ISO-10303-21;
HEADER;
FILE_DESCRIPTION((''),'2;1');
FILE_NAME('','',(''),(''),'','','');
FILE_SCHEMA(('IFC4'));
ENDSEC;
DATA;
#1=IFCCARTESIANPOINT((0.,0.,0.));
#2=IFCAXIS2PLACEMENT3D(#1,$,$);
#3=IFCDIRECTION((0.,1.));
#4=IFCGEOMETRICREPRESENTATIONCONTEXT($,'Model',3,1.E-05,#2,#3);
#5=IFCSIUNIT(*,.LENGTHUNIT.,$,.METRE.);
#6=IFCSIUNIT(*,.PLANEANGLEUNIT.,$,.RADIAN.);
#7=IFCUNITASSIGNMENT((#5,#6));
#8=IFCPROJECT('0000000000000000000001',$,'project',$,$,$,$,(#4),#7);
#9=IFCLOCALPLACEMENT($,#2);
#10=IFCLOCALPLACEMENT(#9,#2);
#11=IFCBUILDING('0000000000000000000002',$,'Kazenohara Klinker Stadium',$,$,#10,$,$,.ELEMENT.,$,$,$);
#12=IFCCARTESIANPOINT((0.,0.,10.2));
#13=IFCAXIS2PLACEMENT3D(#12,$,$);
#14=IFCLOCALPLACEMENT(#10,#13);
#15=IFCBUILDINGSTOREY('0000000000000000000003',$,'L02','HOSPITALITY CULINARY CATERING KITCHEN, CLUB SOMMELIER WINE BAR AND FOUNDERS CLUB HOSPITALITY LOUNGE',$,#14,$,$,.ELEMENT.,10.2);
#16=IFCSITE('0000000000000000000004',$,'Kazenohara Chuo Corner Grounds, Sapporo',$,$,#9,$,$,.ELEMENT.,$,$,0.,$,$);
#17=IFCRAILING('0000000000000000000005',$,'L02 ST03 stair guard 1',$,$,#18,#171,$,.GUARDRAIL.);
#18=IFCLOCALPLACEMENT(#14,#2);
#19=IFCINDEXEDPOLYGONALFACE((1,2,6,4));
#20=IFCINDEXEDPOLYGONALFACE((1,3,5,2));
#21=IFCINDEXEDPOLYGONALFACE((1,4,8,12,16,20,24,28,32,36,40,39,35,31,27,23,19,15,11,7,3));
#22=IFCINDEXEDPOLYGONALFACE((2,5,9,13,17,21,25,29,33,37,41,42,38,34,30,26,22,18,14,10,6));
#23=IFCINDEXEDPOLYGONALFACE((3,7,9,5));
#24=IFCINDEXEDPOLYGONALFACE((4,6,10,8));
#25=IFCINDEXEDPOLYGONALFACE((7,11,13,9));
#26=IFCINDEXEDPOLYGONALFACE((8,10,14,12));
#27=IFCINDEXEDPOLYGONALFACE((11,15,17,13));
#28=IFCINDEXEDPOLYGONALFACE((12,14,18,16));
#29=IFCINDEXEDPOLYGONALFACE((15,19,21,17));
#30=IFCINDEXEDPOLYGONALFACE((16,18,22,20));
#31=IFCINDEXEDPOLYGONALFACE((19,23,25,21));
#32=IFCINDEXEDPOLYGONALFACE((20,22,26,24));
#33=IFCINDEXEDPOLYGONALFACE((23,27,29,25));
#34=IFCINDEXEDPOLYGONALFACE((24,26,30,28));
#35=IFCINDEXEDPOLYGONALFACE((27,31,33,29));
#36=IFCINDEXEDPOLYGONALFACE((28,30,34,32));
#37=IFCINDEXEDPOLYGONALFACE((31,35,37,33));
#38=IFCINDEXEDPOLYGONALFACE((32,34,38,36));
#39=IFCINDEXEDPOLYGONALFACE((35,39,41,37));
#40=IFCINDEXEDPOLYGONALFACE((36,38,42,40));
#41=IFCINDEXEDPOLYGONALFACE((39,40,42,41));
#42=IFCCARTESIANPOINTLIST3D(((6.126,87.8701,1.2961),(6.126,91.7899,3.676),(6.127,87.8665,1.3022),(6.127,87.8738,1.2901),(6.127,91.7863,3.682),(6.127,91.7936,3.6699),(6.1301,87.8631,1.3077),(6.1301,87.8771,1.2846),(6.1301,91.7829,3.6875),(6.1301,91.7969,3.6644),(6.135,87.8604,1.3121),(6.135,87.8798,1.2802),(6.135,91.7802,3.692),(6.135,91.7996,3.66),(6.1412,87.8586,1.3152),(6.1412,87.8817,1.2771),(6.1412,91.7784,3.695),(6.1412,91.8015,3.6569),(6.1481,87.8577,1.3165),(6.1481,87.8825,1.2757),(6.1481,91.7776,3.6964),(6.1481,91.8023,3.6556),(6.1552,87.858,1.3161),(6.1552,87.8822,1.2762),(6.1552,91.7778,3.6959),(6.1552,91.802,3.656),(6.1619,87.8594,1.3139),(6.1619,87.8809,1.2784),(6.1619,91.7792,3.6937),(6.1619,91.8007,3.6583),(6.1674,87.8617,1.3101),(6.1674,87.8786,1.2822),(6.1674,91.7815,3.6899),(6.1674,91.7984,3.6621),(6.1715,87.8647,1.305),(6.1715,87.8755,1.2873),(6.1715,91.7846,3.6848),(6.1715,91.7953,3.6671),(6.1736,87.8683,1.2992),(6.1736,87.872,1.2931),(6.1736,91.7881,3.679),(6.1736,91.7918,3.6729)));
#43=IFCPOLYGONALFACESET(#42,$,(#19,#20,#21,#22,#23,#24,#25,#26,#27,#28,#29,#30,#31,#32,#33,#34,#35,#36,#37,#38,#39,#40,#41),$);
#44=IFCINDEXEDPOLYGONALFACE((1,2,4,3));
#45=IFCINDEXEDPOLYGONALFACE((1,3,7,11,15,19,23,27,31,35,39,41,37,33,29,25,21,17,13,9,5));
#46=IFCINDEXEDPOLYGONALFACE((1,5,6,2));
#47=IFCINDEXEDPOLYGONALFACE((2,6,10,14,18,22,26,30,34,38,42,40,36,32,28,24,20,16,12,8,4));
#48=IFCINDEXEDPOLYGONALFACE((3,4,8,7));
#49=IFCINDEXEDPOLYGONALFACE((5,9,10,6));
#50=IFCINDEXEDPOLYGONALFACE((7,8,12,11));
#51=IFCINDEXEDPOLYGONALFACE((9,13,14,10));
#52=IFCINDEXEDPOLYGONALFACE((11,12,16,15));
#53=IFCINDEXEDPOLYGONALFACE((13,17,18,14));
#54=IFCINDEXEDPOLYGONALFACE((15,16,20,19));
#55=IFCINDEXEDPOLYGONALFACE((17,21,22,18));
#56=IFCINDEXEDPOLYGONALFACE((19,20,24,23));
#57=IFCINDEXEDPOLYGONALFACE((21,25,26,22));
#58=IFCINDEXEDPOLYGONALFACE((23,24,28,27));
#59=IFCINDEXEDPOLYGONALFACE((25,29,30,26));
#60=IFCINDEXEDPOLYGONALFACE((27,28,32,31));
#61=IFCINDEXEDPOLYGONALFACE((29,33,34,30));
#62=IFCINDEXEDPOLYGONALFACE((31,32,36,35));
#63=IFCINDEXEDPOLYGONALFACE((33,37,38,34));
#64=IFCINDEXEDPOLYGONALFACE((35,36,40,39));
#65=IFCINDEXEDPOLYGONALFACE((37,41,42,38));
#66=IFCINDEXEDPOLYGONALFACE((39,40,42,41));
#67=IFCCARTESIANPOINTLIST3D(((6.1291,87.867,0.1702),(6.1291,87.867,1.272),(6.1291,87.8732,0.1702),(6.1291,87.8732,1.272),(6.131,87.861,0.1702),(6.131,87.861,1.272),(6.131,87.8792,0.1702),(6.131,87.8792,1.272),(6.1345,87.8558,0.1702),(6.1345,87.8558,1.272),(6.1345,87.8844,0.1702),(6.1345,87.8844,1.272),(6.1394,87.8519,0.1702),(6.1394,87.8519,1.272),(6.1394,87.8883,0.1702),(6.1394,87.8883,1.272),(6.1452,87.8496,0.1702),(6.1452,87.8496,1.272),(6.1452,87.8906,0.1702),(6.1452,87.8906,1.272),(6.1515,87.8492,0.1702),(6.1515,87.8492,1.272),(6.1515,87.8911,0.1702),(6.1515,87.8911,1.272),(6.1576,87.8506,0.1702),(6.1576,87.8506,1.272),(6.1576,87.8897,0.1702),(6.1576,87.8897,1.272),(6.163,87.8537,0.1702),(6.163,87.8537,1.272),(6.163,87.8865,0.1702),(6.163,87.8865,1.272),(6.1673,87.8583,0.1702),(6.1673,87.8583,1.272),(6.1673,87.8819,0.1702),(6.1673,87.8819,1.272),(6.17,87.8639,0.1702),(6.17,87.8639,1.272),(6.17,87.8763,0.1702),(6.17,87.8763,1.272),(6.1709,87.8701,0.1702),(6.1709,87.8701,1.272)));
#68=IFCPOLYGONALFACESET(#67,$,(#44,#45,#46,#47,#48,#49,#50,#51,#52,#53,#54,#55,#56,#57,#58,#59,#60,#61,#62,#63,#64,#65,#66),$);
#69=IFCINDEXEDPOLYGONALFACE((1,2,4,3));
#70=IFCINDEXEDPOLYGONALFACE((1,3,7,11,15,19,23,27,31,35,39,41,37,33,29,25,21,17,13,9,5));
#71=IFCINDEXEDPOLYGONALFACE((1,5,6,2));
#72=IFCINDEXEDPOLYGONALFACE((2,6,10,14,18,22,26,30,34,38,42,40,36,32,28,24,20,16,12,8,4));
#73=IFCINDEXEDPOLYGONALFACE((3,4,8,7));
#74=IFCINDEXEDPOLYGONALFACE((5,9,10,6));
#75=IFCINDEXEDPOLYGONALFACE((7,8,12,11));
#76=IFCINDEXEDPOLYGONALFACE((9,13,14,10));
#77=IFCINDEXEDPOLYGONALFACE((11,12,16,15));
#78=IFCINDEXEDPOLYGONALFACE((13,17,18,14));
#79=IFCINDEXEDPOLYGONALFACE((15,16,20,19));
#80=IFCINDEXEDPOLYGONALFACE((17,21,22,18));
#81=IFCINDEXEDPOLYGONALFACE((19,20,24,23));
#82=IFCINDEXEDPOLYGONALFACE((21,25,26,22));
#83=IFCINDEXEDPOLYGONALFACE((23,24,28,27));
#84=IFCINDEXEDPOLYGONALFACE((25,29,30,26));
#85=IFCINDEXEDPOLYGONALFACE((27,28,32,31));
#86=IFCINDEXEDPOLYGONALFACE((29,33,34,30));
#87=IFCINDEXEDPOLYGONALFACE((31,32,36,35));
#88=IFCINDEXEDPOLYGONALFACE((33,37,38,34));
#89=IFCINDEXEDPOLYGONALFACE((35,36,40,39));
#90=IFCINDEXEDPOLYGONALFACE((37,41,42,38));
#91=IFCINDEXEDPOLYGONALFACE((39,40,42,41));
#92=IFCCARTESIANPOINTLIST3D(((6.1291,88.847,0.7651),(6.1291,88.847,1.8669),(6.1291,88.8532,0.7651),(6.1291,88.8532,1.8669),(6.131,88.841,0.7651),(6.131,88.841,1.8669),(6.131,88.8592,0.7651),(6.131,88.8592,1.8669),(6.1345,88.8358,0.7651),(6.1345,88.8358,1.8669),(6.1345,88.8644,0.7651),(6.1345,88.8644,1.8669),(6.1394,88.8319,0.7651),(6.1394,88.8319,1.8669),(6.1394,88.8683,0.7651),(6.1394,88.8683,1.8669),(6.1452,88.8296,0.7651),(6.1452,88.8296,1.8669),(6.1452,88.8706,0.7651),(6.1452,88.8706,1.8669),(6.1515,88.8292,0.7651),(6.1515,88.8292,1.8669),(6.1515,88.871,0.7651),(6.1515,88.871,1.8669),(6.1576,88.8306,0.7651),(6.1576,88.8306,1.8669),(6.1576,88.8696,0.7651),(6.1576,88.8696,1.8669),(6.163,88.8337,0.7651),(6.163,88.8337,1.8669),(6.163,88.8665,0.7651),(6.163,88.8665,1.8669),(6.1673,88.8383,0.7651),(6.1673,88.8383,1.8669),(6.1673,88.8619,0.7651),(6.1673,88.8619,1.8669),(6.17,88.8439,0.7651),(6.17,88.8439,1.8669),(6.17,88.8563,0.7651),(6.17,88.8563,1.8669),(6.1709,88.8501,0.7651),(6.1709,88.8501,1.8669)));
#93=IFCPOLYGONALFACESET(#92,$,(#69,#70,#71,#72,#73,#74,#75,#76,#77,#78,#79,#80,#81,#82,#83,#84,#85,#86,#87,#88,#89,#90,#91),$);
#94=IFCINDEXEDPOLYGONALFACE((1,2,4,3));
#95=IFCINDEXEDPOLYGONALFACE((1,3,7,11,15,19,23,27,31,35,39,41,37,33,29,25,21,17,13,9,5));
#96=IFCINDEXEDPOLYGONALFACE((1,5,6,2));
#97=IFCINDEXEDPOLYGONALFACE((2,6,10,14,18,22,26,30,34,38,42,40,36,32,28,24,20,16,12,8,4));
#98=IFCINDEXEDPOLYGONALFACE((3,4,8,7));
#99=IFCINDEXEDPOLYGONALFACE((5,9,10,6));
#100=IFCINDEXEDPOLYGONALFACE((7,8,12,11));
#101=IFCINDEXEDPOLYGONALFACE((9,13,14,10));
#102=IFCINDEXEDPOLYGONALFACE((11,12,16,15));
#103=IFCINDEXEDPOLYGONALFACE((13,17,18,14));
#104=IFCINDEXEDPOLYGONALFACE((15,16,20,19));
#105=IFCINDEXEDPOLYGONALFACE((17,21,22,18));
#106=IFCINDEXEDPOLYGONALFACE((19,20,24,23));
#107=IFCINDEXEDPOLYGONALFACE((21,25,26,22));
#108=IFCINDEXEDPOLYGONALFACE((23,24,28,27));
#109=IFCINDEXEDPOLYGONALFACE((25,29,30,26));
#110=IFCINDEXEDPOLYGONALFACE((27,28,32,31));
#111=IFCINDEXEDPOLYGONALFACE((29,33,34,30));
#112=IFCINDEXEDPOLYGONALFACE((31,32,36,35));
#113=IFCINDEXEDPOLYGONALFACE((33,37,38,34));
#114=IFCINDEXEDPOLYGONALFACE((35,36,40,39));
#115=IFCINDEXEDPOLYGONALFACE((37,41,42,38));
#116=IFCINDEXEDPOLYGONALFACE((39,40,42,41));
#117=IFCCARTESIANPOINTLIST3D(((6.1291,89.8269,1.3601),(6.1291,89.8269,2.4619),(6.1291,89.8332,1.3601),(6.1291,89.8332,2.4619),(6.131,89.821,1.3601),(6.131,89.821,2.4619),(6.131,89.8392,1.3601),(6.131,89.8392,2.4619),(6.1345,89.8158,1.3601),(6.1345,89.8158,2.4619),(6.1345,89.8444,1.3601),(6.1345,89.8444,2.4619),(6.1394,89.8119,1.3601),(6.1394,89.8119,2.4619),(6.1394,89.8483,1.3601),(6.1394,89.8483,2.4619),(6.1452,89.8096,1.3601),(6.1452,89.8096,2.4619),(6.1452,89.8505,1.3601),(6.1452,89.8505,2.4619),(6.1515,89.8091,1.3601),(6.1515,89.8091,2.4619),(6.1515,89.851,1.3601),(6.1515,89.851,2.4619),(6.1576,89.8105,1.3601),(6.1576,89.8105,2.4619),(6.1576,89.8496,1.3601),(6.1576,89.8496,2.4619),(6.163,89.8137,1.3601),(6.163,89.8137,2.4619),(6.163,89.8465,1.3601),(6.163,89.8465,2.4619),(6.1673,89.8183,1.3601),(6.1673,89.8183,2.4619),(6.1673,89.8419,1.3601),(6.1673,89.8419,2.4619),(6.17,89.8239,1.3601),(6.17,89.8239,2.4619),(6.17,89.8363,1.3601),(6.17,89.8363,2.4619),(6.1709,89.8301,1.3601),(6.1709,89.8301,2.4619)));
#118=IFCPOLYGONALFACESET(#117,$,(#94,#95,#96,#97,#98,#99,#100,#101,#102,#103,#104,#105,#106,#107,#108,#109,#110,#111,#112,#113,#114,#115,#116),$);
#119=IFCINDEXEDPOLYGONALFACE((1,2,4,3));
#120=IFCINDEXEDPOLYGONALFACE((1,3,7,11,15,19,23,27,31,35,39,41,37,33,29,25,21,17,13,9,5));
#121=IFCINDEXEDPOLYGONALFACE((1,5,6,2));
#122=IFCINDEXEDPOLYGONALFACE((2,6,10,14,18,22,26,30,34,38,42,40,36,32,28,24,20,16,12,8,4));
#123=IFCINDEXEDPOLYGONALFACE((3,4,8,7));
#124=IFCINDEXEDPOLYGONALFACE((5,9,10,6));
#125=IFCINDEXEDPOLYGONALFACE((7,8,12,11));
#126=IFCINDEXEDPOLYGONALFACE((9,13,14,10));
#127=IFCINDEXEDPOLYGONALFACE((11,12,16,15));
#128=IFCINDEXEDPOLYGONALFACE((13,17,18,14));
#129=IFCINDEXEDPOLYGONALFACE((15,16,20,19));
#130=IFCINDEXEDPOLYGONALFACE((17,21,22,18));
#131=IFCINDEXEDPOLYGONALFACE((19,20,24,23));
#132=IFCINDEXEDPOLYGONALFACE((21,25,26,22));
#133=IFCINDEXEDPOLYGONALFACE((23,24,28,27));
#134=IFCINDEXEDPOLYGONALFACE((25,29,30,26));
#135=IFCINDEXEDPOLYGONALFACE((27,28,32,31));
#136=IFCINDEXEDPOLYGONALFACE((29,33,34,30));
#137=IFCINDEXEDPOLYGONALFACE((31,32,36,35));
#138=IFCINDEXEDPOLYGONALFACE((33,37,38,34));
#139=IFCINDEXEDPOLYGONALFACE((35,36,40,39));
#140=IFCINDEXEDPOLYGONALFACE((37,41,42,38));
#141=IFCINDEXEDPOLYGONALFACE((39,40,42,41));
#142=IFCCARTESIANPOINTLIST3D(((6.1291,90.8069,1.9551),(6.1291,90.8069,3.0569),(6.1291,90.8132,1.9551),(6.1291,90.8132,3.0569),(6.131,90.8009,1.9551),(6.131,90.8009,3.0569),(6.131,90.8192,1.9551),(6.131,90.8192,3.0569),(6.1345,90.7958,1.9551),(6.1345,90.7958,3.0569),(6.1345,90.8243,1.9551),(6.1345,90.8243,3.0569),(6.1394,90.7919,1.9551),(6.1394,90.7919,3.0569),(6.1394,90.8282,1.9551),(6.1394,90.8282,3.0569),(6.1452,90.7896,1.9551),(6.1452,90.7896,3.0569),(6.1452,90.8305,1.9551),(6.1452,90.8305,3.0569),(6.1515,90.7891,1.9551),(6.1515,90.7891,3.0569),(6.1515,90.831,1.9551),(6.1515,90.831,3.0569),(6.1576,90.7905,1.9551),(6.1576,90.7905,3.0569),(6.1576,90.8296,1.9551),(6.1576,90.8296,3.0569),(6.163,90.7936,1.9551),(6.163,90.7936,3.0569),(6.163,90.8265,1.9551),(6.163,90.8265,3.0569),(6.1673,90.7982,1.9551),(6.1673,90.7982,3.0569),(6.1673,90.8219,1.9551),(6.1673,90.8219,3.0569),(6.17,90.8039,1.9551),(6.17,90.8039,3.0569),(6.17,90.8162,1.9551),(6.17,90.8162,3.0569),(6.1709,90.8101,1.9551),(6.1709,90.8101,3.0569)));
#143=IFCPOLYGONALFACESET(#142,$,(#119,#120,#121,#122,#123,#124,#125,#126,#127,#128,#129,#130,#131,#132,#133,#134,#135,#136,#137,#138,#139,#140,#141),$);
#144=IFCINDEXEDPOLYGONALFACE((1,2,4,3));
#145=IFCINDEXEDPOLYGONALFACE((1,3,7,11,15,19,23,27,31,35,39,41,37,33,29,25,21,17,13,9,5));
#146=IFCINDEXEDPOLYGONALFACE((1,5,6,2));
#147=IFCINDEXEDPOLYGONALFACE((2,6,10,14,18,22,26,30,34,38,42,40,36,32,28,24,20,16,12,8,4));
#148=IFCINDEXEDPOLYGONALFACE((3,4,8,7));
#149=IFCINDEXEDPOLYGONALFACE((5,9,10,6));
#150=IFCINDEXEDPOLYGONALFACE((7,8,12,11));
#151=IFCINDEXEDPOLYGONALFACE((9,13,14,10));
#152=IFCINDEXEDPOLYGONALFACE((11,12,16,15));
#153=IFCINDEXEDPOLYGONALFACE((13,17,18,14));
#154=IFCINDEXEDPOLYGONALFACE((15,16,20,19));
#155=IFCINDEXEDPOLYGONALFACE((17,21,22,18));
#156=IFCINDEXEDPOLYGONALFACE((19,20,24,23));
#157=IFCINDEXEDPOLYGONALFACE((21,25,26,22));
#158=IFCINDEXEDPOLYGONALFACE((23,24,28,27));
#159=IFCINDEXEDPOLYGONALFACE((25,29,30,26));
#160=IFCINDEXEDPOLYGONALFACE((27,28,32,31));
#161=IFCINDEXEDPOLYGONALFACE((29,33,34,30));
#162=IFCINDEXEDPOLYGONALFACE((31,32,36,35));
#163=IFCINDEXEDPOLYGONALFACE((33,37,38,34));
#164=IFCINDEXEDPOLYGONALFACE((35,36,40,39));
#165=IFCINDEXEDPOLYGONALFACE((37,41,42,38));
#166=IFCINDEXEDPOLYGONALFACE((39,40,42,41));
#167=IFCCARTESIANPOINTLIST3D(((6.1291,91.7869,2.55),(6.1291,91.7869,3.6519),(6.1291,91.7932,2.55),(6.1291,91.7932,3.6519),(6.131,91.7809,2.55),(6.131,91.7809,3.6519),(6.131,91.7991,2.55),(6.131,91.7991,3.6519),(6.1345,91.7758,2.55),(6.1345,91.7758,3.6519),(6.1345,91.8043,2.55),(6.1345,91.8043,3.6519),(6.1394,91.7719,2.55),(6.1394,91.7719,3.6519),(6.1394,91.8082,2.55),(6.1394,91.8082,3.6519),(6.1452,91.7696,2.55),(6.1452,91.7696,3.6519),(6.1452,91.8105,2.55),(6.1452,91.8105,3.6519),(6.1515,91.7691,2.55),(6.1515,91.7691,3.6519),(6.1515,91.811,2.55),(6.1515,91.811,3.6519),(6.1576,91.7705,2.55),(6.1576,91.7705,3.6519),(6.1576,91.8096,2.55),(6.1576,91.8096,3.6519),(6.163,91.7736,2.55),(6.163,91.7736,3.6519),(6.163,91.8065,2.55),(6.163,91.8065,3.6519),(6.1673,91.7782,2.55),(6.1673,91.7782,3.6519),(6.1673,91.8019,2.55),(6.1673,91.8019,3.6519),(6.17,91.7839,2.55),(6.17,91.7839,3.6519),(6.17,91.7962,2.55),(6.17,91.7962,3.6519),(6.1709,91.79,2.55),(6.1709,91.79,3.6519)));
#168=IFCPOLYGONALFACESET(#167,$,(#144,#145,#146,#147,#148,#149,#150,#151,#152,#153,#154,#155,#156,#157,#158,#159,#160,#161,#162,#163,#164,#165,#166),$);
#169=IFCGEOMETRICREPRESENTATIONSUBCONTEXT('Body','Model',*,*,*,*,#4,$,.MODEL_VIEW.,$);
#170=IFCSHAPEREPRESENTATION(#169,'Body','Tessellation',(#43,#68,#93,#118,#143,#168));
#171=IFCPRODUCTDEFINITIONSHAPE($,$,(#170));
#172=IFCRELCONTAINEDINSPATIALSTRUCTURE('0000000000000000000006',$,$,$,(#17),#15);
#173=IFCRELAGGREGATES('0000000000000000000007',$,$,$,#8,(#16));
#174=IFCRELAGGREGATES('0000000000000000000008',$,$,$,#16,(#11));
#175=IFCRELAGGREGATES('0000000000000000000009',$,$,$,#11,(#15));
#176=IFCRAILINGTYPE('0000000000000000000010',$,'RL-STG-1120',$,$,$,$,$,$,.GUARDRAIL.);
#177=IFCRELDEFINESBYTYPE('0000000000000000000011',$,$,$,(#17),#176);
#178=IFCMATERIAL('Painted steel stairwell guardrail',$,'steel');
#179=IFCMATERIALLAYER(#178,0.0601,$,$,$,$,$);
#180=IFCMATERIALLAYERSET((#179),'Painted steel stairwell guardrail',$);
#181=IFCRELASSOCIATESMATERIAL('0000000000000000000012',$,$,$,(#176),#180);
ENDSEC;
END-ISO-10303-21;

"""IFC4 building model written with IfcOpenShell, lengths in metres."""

from ifc_helpers import new_model, si_unit, direction, frame, origin, origin_2d, place, context, subcontext, project, spatial, circle, extrude, material, layer, layer_set, type_object, element, save


model = new_model("IFC4")

# Units and contexts
model_context = context("Model", 3, precision=1e-05, world=origin(), true_north=direction((0.0, 1.0)))
body_context = subcontext(model_context, "Body", "Model", "MODEL_VIEW")
ifc_project = project(units=[si_unit("LENGTHUNIT", "METRE"), si_unit("PLANEANGLEUNIT", "RADIAN")], contexts=[model_context])

# Site, building, storey
site_placement = place(None, origin())
site = spatial("IfcSite", under=ifc_project, at=site_placement, Name="Kazenohara Chuo Corner Grounds, Sapporo", CompositionType="ELEMENT", RefElevation=0.0)
building_placement = place(site_placement, origin())
building = spatial("IfcBuilding", under=site, at=building_placement, Name="Kazenohara Klinker Stadium", CompositionType="ELEMENT")
storey_placement = place(building_placement, frame((0.0, 0.0, 10.2)))
storey = spatial("IfcBuildingStorey", under=building, at=storey_placement, Name="L02", Description="HOSPITALITY CULINARY CATERING KITCHEN, CLUB SOMMELIER WINE BAR AND FOUNDERS CLUB HOSPITALITY LOUNGE", CompositionType="ELEMENT", Elevation=10.2)

# Railing
ifc_material_1 = material(Name="Painted steel stairwell guardrail", Category="steel")
ifc_layer_1 = layer(ifc_material_1, 0.0601)
ifc_layer_set_1 = layer_set([ifc_layer_1], Name="Painted steel stairwell guardrail")
railing_type_1 = type_object("IfcRailingType", Name="RL-STG-1120", PredefinedType="GUARDRAIL", material=ifc_layer_set_1)
for number, where, name in (
    (1, (6.1499, 87.8701, 0.1702), "L02 ST03 stair guard 1"),
):
    element("IfcRailing", number, at=place(storey_placement, frame(where)), inside=storey, type_object=railing_type_1, Name=name, PredefinedType="GUARDRAIL", context=body_context, shape_type="SweptSolid", body=[
        extrude(circle(Radius=0.0239, at=origin_2d()), frame((0.0, 0.0, 1.126), z_axis=(0.0, 0.854794, 0.518967), x_axis=(-1.0, 0.0, 0.0)), (0.0, 0.0, 1.0), 4.5857),
        extrude(circle(Radius=0.021, at=origin_2d()), origin(), (0.0, 0.0, 1.0), 1.1018),
        extrude(circle(Radius=0.021, at=origin_2d()), frame((0.0, 0.98, 0.595)), (0.0, 0.0, 1.0), 1.1018),
        extrude(circle(Radius=0.021, at=origin_2d()), frame((0.0, 1.96, 1.1899)), (0.0, 0.0, 1.0), 1.1018),
        extrude(circle(Radius=0.021, at=origin_2d()), frame((0.0, 2.9399, 1.7849)), (0.0, 0.0, 1.0), 1.1018),
        extrude(circle(Radius=0.021, at=origin_2d()), frame((0.0, 3.9199, 2.3799)), (0.0, 0.0, 1.0), 1.1018),
    ])

save(model, "model.ifc")
